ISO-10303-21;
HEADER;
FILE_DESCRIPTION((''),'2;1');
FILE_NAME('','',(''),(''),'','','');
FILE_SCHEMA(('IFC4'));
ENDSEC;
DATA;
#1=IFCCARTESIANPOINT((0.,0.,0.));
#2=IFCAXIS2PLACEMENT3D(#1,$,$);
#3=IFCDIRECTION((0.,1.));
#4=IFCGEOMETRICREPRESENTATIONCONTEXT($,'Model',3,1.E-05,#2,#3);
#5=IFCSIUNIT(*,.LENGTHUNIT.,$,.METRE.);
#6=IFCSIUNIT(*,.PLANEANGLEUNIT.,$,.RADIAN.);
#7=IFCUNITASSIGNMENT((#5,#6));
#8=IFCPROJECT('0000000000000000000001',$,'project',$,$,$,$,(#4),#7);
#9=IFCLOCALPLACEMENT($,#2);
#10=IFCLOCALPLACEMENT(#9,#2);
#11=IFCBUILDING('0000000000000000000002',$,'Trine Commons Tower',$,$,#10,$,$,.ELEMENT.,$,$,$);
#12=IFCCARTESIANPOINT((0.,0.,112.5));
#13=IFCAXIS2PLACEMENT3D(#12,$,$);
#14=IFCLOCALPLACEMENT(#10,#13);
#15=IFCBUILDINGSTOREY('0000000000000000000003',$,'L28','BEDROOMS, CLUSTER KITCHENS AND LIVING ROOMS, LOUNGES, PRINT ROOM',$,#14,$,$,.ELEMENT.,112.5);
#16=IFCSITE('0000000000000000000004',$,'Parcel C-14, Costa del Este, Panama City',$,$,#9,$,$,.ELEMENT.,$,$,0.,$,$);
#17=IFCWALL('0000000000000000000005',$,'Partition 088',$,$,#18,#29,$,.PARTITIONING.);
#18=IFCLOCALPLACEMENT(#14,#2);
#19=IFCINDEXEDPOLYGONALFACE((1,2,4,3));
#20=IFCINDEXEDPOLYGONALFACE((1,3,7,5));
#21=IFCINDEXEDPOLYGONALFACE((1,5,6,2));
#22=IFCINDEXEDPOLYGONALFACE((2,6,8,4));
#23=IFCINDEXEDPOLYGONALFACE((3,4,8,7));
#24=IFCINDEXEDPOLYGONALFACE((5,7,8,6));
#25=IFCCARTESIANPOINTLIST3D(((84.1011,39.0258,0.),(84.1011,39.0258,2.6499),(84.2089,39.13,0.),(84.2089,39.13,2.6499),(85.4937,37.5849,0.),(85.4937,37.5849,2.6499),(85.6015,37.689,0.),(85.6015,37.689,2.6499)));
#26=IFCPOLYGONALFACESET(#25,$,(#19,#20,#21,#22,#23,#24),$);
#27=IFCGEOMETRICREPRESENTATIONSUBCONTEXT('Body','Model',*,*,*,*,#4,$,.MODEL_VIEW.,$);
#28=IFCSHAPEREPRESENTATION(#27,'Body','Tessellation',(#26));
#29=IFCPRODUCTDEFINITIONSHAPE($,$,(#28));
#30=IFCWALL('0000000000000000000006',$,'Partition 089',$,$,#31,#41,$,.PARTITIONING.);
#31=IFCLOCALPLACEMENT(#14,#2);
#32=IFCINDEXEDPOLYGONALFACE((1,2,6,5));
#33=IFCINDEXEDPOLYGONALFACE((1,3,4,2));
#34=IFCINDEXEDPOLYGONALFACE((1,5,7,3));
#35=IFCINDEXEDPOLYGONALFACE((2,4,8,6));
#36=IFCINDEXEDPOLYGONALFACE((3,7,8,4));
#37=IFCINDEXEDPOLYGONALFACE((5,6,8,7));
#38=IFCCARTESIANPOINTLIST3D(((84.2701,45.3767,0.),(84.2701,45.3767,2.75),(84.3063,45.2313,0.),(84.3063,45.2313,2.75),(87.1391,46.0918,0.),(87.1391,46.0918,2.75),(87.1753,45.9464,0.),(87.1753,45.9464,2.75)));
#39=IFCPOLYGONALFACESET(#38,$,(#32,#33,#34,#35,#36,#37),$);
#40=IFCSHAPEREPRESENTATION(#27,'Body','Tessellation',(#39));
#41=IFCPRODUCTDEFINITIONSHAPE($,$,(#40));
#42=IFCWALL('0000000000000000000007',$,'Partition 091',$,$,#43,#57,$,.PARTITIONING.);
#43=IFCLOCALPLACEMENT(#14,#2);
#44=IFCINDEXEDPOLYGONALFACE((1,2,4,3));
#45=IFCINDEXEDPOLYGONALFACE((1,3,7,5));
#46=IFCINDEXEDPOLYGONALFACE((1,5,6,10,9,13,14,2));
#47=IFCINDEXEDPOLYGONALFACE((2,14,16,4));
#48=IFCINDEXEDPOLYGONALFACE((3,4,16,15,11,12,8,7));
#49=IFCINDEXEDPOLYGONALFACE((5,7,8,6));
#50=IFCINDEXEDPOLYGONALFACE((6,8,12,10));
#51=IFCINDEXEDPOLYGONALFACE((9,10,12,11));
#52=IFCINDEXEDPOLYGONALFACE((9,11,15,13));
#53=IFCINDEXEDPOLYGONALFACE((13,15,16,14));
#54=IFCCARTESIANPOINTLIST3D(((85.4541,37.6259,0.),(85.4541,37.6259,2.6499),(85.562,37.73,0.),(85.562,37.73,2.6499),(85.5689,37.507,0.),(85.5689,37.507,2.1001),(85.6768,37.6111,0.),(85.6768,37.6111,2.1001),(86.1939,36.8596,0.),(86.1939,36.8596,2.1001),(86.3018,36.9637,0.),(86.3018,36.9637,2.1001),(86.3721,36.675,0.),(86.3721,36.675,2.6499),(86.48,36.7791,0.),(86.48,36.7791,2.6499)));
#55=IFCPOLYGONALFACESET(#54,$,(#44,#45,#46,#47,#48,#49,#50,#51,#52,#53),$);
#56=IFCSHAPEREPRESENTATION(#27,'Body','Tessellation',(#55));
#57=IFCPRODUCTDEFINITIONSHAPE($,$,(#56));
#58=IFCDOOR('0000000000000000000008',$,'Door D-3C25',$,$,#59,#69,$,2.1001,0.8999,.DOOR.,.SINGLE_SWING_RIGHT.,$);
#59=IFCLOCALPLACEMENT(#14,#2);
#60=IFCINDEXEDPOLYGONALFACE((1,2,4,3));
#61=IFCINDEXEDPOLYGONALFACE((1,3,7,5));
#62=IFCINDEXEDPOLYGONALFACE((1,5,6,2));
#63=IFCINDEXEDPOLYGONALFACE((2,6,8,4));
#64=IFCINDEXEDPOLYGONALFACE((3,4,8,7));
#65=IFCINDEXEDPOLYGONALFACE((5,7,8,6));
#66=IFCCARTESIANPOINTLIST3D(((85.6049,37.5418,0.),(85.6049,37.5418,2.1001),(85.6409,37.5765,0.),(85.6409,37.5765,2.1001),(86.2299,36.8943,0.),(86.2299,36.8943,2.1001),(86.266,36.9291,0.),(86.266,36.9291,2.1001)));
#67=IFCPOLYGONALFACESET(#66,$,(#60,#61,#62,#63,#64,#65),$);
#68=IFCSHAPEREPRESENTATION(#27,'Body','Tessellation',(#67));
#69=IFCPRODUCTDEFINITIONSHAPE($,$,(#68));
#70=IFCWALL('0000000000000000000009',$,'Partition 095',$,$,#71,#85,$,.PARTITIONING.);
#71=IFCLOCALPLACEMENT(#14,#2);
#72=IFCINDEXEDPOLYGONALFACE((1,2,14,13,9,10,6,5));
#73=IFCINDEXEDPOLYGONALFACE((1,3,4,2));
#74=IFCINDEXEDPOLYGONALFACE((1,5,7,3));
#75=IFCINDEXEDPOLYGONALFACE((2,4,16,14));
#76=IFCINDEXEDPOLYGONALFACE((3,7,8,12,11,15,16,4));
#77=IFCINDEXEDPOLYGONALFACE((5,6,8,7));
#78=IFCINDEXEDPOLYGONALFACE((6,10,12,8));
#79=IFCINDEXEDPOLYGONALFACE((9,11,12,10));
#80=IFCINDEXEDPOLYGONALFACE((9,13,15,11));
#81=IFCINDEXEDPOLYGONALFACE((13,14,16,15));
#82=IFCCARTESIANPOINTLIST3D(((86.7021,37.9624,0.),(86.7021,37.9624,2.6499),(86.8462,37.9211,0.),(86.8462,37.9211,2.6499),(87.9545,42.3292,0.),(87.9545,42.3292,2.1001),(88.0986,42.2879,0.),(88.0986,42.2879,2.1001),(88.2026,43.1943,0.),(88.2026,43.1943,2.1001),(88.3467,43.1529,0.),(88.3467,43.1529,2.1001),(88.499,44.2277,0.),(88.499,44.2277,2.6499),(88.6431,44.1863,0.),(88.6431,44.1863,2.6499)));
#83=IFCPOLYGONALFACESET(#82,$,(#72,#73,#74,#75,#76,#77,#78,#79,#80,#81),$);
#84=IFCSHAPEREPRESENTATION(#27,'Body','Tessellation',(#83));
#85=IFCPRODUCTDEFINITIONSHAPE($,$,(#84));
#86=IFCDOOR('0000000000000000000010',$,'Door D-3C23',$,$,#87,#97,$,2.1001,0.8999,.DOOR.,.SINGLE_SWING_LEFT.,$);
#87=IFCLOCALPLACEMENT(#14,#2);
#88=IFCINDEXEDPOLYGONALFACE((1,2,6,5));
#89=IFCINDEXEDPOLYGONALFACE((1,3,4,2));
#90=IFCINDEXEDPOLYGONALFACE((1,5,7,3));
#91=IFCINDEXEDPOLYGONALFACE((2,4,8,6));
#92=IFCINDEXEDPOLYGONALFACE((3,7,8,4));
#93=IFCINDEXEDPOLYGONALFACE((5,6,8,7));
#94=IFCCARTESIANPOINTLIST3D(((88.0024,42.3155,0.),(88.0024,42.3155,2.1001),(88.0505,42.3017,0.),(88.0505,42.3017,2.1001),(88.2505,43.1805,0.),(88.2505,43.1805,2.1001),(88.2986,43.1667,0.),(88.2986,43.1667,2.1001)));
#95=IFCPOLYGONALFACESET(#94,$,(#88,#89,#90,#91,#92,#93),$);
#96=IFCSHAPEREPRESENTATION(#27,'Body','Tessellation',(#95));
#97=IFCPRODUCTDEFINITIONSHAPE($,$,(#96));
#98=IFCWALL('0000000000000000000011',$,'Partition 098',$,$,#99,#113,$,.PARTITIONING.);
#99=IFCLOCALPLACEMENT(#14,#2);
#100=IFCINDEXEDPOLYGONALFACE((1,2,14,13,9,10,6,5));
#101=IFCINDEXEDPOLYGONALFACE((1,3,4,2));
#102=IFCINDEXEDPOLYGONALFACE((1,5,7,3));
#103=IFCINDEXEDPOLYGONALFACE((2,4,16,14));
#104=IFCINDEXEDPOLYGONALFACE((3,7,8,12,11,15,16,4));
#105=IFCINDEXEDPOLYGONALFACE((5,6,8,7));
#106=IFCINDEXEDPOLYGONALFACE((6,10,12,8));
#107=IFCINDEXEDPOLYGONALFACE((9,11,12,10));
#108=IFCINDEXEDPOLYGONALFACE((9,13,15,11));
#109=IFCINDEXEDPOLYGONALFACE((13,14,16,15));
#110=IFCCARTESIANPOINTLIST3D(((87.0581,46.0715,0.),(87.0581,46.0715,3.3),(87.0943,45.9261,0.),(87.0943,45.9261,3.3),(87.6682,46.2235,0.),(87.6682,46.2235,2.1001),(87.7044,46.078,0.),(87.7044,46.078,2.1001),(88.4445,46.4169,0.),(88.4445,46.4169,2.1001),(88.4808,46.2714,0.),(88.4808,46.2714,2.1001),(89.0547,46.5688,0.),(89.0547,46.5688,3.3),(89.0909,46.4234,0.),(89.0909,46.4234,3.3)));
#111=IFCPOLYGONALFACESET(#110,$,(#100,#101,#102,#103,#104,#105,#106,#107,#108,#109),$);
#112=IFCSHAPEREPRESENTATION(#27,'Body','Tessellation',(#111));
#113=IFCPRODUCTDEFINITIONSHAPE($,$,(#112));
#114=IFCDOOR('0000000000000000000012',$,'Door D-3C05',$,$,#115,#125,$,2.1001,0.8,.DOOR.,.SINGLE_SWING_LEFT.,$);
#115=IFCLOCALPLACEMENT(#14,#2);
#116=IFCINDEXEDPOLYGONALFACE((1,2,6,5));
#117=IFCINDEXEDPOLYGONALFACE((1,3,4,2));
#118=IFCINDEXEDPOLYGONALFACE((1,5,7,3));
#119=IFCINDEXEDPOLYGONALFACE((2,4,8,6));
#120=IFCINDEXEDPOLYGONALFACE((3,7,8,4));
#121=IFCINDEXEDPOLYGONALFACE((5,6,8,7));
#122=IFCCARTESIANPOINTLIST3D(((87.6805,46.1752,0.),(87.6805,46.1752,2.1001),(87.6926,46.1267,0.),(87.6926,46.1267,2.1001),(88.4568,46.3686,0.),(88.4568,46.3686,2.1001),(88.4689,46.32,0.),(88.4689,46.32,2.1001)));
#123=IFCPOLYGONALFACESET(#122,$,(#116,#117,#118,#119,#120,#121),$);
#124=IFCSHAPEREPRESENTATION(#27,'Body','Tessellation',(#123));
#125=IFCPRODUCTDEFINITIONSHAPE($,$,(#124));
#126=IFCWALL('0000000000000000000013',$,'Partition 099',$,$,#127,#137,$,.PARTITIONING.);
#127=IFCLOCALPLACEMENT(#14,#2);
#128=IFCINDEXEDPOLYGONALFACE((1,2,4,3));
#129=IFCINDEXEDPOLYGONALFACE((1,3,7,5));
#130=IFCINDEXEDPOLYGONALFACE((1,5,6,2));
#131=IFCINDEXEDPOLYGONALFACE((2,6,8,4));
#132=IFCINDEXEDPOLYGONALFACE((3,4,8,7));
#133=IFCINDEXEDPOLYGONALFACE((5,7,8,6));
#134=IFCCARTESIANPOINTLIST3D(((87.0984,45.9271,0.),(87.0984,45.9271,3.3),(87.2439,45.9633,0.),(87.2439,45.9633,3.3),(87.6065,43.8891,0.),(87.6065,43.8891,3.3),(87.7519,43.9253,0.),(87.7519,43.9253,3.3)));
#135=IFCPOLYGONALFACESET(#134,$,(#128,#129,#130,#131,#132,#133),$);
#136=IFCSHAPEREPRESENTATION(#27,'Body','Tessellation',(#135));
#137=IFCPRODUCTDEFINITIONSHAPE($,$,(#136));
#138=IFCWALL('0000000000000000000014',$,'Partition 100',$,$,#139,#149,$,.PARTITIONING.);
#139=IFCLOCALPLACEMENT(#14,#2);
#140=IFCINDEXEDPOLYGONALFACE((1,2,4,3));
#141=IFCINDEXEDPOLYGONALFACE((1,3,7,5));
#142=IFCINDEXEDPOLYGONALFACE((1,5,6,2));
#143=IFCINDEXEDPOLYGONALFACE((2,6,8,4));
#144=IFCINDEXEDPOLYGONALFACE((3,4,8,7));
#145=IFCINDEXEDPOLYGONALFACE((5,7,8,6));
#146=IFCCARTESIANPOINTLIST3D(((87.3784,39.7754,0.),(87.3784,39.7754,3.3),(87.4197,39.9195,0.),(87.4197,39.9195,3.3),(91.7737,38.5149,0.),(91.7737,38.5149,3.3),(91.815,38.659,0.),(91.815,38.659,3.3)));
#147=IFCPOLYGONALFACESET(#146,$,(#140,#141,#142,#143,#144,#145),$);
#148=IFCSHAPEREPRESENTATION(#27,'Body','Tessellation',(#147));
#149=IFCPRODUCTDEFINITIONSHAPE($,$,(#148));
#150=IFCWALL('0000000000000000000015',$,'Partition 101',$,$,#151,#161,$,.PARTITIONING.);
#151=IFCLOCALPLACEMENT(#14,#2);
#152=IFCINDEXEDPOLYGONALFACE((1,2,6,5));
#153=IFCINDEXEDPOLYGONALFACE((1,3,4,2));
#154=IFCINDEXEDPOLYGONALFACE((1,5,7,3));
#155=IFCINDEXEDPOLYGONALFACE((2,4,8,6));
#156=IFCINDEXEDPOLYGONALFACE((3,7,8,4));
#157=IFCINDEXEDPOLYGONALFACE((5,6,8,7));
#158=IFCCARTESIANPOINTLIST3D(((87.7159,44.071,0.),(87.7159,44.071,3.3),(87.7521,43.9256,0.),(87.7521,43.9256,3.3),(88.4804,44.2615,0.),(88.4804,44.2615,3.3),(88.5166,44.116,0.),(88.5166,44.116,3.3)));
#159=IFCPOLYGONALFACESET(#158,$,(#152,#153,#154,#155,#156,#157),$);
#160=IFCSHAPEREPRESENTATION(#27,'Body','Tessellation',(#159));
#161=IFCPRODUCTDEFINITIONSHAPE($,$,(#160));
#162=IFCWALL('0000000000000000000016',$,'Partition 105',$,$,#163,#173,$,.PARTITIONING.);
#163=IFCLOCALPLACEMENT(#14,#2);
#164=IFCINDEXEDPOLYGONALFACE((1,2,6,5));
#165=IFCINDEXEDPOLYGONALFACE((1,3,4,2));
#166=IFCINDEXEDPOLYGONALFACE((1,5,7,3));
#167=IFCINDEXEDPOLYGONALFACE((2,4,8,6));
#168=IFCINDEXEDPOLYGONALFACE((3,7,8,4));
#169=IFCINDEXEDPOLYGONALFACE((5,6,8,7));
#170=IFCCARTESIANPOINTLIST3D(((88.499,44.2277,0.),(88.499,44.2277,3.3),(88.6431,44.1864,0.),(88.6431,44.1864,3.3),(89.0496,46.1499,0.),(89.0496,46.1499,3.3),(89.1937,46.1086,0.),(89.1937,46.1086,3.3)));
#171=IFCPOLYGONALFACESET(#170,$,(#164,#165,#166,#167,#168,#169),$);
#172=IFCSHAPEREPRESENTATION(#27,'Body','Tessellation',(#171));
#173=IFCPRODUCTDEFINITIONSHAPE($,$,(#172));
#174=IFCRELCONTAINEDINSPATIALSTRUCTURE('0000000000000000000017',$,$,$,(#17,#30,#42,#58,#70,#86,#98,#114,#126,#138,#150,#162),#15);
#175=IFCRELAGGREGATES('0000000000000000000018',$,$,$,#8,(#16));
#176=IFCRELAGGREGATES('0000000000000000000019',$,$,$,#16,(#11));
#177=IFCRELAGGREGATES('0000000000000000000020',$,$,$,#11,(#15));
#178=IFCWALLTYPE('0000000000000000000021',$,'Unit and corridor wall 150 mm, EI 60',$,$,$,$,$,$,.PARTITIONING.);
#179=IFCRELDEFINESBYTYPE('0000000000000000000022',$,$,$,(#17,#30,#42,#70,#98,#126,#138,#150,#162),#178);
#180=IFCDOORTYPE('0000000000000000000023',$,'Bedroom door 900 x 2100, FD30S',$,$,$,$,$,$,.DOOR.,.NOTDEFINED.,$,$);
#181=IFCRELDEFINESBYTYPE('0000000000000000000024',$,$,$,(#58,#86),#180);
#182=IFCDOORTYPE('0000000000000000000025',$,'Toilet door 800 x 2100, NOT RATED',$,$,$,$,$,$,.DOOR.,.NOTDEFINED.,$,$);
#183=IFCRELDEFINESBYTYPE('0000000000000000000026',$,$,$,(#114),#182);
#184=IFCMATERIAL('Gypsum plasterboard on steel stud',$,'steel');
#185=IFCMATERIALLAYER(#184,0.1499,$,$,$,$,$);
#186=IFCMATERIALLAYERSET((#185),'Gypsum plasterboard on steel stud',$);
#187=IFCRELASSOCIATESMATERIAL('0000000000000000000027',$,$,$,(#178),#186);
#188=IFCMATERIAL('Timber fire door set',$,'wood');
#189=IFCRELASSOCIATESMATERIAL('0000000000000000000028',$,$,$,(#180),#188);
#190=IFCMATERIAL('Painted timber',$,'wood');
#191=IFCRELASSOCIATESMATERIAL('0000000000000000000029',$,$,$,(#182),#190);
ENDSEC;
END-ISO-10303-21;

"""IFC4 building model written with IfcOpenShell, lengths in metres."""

from ifc_helpers import new_model, si_unit, direction, frame, frame_2d, origin, place, context, subcontext, project, spatial, rectangle, extrude, material, layer, layer_set, type_object, element, fill, save


model = new_model("IFC4")

# Units and contexts
model_context = context("Model", 3, precision=1e-05, world=origin(), true_north=direction((0.0, 1.0)))
body_context = subcontext(model_context, "Body", "Model", "MODEL_VIEW")
ifc_project = project(units=[si_unit("LENGTHUNIT", "METRE"), si_unit("PLANEANGLEUNIT", "RADIAN")], contexts=[model_context])

# Site, building, storey
site_placement = place(None, origin())
site = spatial("IfcSite", under=ifc_project, at=site_placement, Name="Parcel C-14, Costa del Este, Panama City", CompositionType="ELEMENT", RefElevation=0.0)
building_placement = place(site_placement, origin())
building = spatial("IfcBuilding", under=site, at=building_placement, Name="Trine Commons Tower", CompositionType="ELEMENT")
storey_placement = place(building_placement, frame((0.0, 0.0, 112.5)))
storey = spatial("IfcBuildingStorey", under=building, at=storey_placement, Name="L28", Description="BEDROOMS, CLUSTER KITCHENS AND LIVING ROOMS, LOUNGES, PRINT ROOM", CompositionType="ELEMENT", Elevation=112.5)

# Walls
ifc_material_1 = material(Name="Gypsum plasterboard on steel stud", Category="steel")
ifc_layer_1 = layer(ifc_material_1, 0.1499)
ifc_layer_set_1 = layer_set([ifc_layer_1], Name="Gypsum plasterboard on steel stud")
wall_type_1 = type_object("IfcWallType", Name="Unit and corridor wall 150 mm, EI 60", PredefinedType="PARTITIONING", material=ifc_layer_set_1)
wall_1_placement = place(storey_placement, frame((84.155, 39.0779, 0.0), z_axis=(0.0, 0.0, 1.0), x_axis=(0.694942, -0.719065, 0.0)))
element("IfcWall", 1, at=wall_1_placement, inside=storey, type_object=wall_type_1, Name="Partition 088", PredefinedType="PARTITIONING", context=body_context, shape_type="SweptSolid", body=[
    extrude(rectangle(XDim=2.0039, YDim=0.1499, at=frame_2d((1.002, 0.0))), origin(), (0.0, 0.0, 1.0), 2.6499),
])
wall_2_placement = place(storey_placement, frame((84.2881, 45.304, 0.0), z_axis=(0.0, 0.0, 1.0), x_axis=(0.970312, 0.241856, 0.0)))
element("IfcWall", 2, at=wall_2_placement, inside=storey, type_object=wall_type_1, Name="Partition 089", PredefinedType="PARTITIONING", context=body_context, shape_type="SweptSolid", body=[
    extrude(rectangle(XDim=2.9568, YDim=0.1499, at=frame_2d((1.4785, 0.0))), origin(), (0.0, 0.0, 1.0), 2.75),
])

# Walls, openings, doors
wall_3_placement = place(storey_placement, frame((85.5081, 37.678, 0.0), z_axis=(0.0, 0.0, 1.0), x_axis=(0.694529, -0.719465, 0.0)))
wall_3 = element("IfcWall", 3, at=wall_3_placement, inside=storey, type_object=wall_type_1, Name="Partition 091", PredefinedType="PARTITIONING", context=body_context, shape_type="SweptSolid", body=[
    extrude(rectangle(XDim=1.3218, YDim=0.1499, at=frame_2d((0.6609, 0.0))), origin(), (0.0, 0.0, 1.0), 2.6499),
])
opening_1_placement = place(wall_3_placement, frame((0.1653, 0.0, 0.0)))
opening_1 = element("IfcOpeningElement", 4, at=opening_1_placement, cuts=wall_3, PredefinedType="OPENING", context=body_context, shape_type="SweptSolid", body=[
    extrude(rectangle(XDim=0.8999, YDim=2.1001, at=frame_2d((0.45, 1.05))), frame((0.0, 0.085, 0.0), z_axis=(0.0, -1.0, 0.0), x_axis=(1.0, 0.0, 0.0)), (0.0, 0.0, 1.0), 0.1699),
])
ifc_material_2 = material(Name="Timber fire door set", Category="wood")
door_type_1 = type_object("IfcDoorType", Name="Bedroom door 900 x 2100, FD30S", OperationType="NOTDEFINED", PredefinedType="DOOR", material=ifc_material_2)
door_1_placement = place(opening_1_placement, frame((0.8999, 0.0, 0.0), z_axis=(0.0, 0.0, 1.0), x_axis=(-1.0, 0.0, 0.0)))
door_1 = element("IfcDoor", 5, at=door_1_placement, inside=storey, type_object=door_type_1, Name="Door D-3C25", OperationType="SINGLE_SWING_RIGHT", OverallHeight=2.1001, OverallWidth=0.8999, PredefinedType="DOOR", context=body_context, shape_type="SweptSolid", body=[
    extrude(rectangle(XDim=0.8999, YDim=2.1001, at=frame_2d((0.45, 1.05))), frame((0.0, 0.0249, 0.0), z_axis=(0.0, -1.0, 0.0), x_axis=(1.0, 0.0, 0.0)), (0.0, 0.0, 1.0), 0.05),
])
fill(opening_1, door_1)
wall_4_placement = place(storey_placement, frame((86.7742, 37.9419, 0.0), z_axis=(0.0, 0.0, 1.0), x_axis=(0.275691, 0.961246, 0.0)))
wall_4 = element("IfcWall", 6, at=wall_4_placement, inside=storey, type_object=wall_type_1, Name="Partition 095", PredefinedType="PARTITIONING", context=body_context, shape_type="SweptSolid", body=[
    extrude(rectangle(XDim=6.5178, YDim=0.1499, at=frame_2d((3.2588, 0.0))), origin(), (0.0, 0.0, 1.0), 2.6499),
])
opening_2_placement = place(wall_4_placement, frame((4.5427, 0.0, 0.0)))
opening_2 = element("IfcOpeningElement", 7, at=opening_2_placement, cuts=wall_4, PredefinedType="OPENING", context=body_context, shape_type="SweptSolid", body=[
    extrude(rectangle(XDim=0.8999, YDim=2.1001, at=frame_2d((0.45, 1.05))), frame((0.0, 0.085, 0.0), z_axis=(0.0, -1.0, 0.0), x_axis=(1.0, 0.0, 0.0)), (0.0, 0.0, 1.0), 0.1699),
])
door_2_placement = place(opening_2_placement, frame((0.8999, 0.0, 0.0), z_axis=(0.0, 0.0, 1.0), x_axis=(-1.0, 0.0, 0.0)))
door_2 = element("IfcDoor", 8, at=door_2_placement, inside=storey, type_object=door_type_1, Name="Door D-3C23", OperationType="SINGLE_SWING_LEFT", OverallHeight=2.1001, OverallWidth=0.8999, PredefinedType="DOOR", context=body_context, shape_type="SweptSolid", body=[
    extrude(rectangle(XDim=0.8999, YDim=2.1001, at=frame_2d((0.45, 1.05))), frame((0.0, 0.0249, 0.0), z_axis=(0.0, -1.0, 0.0), x_axis=(1.0, 0.0, 0.0)), (0.0, 0.0, 1.0), 0.05),
])
fill(opening_2, door_2)
wall_5_placement = place(storey_placement, frame((87.0762, 45.9988, 0.0), z_axis=(0.0, 0.0, 1.0), x_axis=(0.970352, 0.241698, 0.0)))
wall_5 = element("IfcWall", 9, at=wall_5_placement, inside=storey, type_object=wall_type_1, Name="Partition 098", PredefinedType="PARTITIONING", context=body_context, shape_type="SweptSolid", body=[
    extrude(rectangle(XDim=2.0576, YDim=0.1499, at=frame_2d((1.0288, 0.0))), origin(), (0.0, 0.0, 1.0), 3.3),
])
opening_3_placement = place(wall_5_placement, frame((0.6289, 0.0, 0.0)))
opening_3 = element("IfcOpeningElement", 10, at=opening_3_placement, cuts=wall_5, PredefinedType="OPENING", context=body_context, shape_type="SweptSolid", body=[
    extrude(rectangle(XDim=0.8, YDim=2.1001, at=frame_2d((0.3999, 1.05))), frame((0.0, 0.085, 0.0), z_axis=(0.0, -1.0, 0.0), x_axis=(1.0, 0.0, 0.0)), (0.0, 0.0, 1.0), 0.1699),
])
ifc_material_3 = material(Name="Painted timber", Category="wood")
door_type_2 = type_object("IfcDoorType", Name="Toilet door 800 x 2100, NOT RATED", OperationType="NOTDEFINED", PredefinedType="DOOR", material=ifc_material_3)
door_3_placement = place(opening_3_placement, frame((0.8, 0.0, 0.0), z_axis=(0.0, 0.0, 1.0), x_axis=(-1.0, 0.0, 0.0)))
door_3 = element("IfcDoor", 11, at=door_3_placement, inside=storey, type_object=door_type_2, Name="Door D-3C05", OperationType="SINGLE_SWING_LEFT", OverallHeight=2.1001, OverallWidth=0.8, PredefinedType="DOOR", context=body_context, shape_type="SweptSolid", body=[
    extrude(rectangle(XDim=0.8, YDim=2.1001, at=frame_2d((0.3999, 1.05))), frame((0.0, 0.0249, 0.0), z_axis=(0.0, -1.0, 0.0), x_axis=(1.0, 0.0, 0.0)), (0.0, 0.0, 1.0), 0.05),
])
fill(opening_3, door_3)

# Walls
wall_6_placement = place(storey_placement, frame((87.1711, 45.9453, 0.0), z_axis=(0.0, 0.0, 1.0), x_axis=(0.241879, -0.970306, 0.0)))
element("IfcWall", 12, at=wall_6_placement, inside=storey, type_object=wall_type_1, Name="Partition 099", PredefinedType="PARTITIONING", context=body_context, shape_type="SweptSolid", body=[
    extrude(rectangle(XDim=2.1003, YDim=0.1499, at=frame_2d((1.0503, 0.0))), origin(), (0.0, 0.0, 1.0), 3.3),
])
wall_7_placement = place(storey_placement, frame((87.3992, 39.8474, 0.0), z_axis=(0.0, 0.0, 1.0), x_axis=(0.961251, -0.275673, 0.0)))
element("IfcWall", 13, at=wall_7_placement, inside=storey, type_object=wall_type_1, Name="Partition 100", PredefinedType="PARTITIONING", context=body_context, shape_type="SweptSolid", body=[
    extrude(rectangle(XDim=4.5725, YDim=0.1499, at=frame_2d((2.2861, 0.0))), origin(), (0.0, 0.0, 1.0), 3.3),
])
wall_8_placement = place(storey_placement, frame((87.7339, 43.9983, 0.0), z_axis=(0.0, 0.0, 1.0), x_axis=(0.970343, 0.241733, 0.0)))
element("IfcWall", 14, at=wall_8_placement, inside=storey, type_object=wall_type_1, Name="Partition 101", PredefinedType="PARTITIONING", context=body_context, shape_type="SweptSolid", body=[
    extrude(rectangle(XDim=0.7878, YDim=0.1499, at=frame_2d((0.394, 0.0))), origin(), (0.0, 0.0, 1.0), 3.3),
])
wall_9_placement = place(storey_placement, frame((88.571, 44.207, 0.0), z_axis=(0.0, 0.0, 1.0), x_axis=(0.27535, 0.961344, 0.0)))
element("IfcWall", 15, at=wall_9_placement, inside=storey, type_object=wall_type_1, Name="Partition 105", PredefinedType="PARTITIONING", context=body_context, shape_type="SweptSolid", body=[
    extrude(rectangle(XDim=1.9995, YDim=0.1499, at=frame_2d((0.9998, 0.0))), origin(), (0.0, 0.0, 1.0), 3.3),
])

save(model, "model.ifc")
